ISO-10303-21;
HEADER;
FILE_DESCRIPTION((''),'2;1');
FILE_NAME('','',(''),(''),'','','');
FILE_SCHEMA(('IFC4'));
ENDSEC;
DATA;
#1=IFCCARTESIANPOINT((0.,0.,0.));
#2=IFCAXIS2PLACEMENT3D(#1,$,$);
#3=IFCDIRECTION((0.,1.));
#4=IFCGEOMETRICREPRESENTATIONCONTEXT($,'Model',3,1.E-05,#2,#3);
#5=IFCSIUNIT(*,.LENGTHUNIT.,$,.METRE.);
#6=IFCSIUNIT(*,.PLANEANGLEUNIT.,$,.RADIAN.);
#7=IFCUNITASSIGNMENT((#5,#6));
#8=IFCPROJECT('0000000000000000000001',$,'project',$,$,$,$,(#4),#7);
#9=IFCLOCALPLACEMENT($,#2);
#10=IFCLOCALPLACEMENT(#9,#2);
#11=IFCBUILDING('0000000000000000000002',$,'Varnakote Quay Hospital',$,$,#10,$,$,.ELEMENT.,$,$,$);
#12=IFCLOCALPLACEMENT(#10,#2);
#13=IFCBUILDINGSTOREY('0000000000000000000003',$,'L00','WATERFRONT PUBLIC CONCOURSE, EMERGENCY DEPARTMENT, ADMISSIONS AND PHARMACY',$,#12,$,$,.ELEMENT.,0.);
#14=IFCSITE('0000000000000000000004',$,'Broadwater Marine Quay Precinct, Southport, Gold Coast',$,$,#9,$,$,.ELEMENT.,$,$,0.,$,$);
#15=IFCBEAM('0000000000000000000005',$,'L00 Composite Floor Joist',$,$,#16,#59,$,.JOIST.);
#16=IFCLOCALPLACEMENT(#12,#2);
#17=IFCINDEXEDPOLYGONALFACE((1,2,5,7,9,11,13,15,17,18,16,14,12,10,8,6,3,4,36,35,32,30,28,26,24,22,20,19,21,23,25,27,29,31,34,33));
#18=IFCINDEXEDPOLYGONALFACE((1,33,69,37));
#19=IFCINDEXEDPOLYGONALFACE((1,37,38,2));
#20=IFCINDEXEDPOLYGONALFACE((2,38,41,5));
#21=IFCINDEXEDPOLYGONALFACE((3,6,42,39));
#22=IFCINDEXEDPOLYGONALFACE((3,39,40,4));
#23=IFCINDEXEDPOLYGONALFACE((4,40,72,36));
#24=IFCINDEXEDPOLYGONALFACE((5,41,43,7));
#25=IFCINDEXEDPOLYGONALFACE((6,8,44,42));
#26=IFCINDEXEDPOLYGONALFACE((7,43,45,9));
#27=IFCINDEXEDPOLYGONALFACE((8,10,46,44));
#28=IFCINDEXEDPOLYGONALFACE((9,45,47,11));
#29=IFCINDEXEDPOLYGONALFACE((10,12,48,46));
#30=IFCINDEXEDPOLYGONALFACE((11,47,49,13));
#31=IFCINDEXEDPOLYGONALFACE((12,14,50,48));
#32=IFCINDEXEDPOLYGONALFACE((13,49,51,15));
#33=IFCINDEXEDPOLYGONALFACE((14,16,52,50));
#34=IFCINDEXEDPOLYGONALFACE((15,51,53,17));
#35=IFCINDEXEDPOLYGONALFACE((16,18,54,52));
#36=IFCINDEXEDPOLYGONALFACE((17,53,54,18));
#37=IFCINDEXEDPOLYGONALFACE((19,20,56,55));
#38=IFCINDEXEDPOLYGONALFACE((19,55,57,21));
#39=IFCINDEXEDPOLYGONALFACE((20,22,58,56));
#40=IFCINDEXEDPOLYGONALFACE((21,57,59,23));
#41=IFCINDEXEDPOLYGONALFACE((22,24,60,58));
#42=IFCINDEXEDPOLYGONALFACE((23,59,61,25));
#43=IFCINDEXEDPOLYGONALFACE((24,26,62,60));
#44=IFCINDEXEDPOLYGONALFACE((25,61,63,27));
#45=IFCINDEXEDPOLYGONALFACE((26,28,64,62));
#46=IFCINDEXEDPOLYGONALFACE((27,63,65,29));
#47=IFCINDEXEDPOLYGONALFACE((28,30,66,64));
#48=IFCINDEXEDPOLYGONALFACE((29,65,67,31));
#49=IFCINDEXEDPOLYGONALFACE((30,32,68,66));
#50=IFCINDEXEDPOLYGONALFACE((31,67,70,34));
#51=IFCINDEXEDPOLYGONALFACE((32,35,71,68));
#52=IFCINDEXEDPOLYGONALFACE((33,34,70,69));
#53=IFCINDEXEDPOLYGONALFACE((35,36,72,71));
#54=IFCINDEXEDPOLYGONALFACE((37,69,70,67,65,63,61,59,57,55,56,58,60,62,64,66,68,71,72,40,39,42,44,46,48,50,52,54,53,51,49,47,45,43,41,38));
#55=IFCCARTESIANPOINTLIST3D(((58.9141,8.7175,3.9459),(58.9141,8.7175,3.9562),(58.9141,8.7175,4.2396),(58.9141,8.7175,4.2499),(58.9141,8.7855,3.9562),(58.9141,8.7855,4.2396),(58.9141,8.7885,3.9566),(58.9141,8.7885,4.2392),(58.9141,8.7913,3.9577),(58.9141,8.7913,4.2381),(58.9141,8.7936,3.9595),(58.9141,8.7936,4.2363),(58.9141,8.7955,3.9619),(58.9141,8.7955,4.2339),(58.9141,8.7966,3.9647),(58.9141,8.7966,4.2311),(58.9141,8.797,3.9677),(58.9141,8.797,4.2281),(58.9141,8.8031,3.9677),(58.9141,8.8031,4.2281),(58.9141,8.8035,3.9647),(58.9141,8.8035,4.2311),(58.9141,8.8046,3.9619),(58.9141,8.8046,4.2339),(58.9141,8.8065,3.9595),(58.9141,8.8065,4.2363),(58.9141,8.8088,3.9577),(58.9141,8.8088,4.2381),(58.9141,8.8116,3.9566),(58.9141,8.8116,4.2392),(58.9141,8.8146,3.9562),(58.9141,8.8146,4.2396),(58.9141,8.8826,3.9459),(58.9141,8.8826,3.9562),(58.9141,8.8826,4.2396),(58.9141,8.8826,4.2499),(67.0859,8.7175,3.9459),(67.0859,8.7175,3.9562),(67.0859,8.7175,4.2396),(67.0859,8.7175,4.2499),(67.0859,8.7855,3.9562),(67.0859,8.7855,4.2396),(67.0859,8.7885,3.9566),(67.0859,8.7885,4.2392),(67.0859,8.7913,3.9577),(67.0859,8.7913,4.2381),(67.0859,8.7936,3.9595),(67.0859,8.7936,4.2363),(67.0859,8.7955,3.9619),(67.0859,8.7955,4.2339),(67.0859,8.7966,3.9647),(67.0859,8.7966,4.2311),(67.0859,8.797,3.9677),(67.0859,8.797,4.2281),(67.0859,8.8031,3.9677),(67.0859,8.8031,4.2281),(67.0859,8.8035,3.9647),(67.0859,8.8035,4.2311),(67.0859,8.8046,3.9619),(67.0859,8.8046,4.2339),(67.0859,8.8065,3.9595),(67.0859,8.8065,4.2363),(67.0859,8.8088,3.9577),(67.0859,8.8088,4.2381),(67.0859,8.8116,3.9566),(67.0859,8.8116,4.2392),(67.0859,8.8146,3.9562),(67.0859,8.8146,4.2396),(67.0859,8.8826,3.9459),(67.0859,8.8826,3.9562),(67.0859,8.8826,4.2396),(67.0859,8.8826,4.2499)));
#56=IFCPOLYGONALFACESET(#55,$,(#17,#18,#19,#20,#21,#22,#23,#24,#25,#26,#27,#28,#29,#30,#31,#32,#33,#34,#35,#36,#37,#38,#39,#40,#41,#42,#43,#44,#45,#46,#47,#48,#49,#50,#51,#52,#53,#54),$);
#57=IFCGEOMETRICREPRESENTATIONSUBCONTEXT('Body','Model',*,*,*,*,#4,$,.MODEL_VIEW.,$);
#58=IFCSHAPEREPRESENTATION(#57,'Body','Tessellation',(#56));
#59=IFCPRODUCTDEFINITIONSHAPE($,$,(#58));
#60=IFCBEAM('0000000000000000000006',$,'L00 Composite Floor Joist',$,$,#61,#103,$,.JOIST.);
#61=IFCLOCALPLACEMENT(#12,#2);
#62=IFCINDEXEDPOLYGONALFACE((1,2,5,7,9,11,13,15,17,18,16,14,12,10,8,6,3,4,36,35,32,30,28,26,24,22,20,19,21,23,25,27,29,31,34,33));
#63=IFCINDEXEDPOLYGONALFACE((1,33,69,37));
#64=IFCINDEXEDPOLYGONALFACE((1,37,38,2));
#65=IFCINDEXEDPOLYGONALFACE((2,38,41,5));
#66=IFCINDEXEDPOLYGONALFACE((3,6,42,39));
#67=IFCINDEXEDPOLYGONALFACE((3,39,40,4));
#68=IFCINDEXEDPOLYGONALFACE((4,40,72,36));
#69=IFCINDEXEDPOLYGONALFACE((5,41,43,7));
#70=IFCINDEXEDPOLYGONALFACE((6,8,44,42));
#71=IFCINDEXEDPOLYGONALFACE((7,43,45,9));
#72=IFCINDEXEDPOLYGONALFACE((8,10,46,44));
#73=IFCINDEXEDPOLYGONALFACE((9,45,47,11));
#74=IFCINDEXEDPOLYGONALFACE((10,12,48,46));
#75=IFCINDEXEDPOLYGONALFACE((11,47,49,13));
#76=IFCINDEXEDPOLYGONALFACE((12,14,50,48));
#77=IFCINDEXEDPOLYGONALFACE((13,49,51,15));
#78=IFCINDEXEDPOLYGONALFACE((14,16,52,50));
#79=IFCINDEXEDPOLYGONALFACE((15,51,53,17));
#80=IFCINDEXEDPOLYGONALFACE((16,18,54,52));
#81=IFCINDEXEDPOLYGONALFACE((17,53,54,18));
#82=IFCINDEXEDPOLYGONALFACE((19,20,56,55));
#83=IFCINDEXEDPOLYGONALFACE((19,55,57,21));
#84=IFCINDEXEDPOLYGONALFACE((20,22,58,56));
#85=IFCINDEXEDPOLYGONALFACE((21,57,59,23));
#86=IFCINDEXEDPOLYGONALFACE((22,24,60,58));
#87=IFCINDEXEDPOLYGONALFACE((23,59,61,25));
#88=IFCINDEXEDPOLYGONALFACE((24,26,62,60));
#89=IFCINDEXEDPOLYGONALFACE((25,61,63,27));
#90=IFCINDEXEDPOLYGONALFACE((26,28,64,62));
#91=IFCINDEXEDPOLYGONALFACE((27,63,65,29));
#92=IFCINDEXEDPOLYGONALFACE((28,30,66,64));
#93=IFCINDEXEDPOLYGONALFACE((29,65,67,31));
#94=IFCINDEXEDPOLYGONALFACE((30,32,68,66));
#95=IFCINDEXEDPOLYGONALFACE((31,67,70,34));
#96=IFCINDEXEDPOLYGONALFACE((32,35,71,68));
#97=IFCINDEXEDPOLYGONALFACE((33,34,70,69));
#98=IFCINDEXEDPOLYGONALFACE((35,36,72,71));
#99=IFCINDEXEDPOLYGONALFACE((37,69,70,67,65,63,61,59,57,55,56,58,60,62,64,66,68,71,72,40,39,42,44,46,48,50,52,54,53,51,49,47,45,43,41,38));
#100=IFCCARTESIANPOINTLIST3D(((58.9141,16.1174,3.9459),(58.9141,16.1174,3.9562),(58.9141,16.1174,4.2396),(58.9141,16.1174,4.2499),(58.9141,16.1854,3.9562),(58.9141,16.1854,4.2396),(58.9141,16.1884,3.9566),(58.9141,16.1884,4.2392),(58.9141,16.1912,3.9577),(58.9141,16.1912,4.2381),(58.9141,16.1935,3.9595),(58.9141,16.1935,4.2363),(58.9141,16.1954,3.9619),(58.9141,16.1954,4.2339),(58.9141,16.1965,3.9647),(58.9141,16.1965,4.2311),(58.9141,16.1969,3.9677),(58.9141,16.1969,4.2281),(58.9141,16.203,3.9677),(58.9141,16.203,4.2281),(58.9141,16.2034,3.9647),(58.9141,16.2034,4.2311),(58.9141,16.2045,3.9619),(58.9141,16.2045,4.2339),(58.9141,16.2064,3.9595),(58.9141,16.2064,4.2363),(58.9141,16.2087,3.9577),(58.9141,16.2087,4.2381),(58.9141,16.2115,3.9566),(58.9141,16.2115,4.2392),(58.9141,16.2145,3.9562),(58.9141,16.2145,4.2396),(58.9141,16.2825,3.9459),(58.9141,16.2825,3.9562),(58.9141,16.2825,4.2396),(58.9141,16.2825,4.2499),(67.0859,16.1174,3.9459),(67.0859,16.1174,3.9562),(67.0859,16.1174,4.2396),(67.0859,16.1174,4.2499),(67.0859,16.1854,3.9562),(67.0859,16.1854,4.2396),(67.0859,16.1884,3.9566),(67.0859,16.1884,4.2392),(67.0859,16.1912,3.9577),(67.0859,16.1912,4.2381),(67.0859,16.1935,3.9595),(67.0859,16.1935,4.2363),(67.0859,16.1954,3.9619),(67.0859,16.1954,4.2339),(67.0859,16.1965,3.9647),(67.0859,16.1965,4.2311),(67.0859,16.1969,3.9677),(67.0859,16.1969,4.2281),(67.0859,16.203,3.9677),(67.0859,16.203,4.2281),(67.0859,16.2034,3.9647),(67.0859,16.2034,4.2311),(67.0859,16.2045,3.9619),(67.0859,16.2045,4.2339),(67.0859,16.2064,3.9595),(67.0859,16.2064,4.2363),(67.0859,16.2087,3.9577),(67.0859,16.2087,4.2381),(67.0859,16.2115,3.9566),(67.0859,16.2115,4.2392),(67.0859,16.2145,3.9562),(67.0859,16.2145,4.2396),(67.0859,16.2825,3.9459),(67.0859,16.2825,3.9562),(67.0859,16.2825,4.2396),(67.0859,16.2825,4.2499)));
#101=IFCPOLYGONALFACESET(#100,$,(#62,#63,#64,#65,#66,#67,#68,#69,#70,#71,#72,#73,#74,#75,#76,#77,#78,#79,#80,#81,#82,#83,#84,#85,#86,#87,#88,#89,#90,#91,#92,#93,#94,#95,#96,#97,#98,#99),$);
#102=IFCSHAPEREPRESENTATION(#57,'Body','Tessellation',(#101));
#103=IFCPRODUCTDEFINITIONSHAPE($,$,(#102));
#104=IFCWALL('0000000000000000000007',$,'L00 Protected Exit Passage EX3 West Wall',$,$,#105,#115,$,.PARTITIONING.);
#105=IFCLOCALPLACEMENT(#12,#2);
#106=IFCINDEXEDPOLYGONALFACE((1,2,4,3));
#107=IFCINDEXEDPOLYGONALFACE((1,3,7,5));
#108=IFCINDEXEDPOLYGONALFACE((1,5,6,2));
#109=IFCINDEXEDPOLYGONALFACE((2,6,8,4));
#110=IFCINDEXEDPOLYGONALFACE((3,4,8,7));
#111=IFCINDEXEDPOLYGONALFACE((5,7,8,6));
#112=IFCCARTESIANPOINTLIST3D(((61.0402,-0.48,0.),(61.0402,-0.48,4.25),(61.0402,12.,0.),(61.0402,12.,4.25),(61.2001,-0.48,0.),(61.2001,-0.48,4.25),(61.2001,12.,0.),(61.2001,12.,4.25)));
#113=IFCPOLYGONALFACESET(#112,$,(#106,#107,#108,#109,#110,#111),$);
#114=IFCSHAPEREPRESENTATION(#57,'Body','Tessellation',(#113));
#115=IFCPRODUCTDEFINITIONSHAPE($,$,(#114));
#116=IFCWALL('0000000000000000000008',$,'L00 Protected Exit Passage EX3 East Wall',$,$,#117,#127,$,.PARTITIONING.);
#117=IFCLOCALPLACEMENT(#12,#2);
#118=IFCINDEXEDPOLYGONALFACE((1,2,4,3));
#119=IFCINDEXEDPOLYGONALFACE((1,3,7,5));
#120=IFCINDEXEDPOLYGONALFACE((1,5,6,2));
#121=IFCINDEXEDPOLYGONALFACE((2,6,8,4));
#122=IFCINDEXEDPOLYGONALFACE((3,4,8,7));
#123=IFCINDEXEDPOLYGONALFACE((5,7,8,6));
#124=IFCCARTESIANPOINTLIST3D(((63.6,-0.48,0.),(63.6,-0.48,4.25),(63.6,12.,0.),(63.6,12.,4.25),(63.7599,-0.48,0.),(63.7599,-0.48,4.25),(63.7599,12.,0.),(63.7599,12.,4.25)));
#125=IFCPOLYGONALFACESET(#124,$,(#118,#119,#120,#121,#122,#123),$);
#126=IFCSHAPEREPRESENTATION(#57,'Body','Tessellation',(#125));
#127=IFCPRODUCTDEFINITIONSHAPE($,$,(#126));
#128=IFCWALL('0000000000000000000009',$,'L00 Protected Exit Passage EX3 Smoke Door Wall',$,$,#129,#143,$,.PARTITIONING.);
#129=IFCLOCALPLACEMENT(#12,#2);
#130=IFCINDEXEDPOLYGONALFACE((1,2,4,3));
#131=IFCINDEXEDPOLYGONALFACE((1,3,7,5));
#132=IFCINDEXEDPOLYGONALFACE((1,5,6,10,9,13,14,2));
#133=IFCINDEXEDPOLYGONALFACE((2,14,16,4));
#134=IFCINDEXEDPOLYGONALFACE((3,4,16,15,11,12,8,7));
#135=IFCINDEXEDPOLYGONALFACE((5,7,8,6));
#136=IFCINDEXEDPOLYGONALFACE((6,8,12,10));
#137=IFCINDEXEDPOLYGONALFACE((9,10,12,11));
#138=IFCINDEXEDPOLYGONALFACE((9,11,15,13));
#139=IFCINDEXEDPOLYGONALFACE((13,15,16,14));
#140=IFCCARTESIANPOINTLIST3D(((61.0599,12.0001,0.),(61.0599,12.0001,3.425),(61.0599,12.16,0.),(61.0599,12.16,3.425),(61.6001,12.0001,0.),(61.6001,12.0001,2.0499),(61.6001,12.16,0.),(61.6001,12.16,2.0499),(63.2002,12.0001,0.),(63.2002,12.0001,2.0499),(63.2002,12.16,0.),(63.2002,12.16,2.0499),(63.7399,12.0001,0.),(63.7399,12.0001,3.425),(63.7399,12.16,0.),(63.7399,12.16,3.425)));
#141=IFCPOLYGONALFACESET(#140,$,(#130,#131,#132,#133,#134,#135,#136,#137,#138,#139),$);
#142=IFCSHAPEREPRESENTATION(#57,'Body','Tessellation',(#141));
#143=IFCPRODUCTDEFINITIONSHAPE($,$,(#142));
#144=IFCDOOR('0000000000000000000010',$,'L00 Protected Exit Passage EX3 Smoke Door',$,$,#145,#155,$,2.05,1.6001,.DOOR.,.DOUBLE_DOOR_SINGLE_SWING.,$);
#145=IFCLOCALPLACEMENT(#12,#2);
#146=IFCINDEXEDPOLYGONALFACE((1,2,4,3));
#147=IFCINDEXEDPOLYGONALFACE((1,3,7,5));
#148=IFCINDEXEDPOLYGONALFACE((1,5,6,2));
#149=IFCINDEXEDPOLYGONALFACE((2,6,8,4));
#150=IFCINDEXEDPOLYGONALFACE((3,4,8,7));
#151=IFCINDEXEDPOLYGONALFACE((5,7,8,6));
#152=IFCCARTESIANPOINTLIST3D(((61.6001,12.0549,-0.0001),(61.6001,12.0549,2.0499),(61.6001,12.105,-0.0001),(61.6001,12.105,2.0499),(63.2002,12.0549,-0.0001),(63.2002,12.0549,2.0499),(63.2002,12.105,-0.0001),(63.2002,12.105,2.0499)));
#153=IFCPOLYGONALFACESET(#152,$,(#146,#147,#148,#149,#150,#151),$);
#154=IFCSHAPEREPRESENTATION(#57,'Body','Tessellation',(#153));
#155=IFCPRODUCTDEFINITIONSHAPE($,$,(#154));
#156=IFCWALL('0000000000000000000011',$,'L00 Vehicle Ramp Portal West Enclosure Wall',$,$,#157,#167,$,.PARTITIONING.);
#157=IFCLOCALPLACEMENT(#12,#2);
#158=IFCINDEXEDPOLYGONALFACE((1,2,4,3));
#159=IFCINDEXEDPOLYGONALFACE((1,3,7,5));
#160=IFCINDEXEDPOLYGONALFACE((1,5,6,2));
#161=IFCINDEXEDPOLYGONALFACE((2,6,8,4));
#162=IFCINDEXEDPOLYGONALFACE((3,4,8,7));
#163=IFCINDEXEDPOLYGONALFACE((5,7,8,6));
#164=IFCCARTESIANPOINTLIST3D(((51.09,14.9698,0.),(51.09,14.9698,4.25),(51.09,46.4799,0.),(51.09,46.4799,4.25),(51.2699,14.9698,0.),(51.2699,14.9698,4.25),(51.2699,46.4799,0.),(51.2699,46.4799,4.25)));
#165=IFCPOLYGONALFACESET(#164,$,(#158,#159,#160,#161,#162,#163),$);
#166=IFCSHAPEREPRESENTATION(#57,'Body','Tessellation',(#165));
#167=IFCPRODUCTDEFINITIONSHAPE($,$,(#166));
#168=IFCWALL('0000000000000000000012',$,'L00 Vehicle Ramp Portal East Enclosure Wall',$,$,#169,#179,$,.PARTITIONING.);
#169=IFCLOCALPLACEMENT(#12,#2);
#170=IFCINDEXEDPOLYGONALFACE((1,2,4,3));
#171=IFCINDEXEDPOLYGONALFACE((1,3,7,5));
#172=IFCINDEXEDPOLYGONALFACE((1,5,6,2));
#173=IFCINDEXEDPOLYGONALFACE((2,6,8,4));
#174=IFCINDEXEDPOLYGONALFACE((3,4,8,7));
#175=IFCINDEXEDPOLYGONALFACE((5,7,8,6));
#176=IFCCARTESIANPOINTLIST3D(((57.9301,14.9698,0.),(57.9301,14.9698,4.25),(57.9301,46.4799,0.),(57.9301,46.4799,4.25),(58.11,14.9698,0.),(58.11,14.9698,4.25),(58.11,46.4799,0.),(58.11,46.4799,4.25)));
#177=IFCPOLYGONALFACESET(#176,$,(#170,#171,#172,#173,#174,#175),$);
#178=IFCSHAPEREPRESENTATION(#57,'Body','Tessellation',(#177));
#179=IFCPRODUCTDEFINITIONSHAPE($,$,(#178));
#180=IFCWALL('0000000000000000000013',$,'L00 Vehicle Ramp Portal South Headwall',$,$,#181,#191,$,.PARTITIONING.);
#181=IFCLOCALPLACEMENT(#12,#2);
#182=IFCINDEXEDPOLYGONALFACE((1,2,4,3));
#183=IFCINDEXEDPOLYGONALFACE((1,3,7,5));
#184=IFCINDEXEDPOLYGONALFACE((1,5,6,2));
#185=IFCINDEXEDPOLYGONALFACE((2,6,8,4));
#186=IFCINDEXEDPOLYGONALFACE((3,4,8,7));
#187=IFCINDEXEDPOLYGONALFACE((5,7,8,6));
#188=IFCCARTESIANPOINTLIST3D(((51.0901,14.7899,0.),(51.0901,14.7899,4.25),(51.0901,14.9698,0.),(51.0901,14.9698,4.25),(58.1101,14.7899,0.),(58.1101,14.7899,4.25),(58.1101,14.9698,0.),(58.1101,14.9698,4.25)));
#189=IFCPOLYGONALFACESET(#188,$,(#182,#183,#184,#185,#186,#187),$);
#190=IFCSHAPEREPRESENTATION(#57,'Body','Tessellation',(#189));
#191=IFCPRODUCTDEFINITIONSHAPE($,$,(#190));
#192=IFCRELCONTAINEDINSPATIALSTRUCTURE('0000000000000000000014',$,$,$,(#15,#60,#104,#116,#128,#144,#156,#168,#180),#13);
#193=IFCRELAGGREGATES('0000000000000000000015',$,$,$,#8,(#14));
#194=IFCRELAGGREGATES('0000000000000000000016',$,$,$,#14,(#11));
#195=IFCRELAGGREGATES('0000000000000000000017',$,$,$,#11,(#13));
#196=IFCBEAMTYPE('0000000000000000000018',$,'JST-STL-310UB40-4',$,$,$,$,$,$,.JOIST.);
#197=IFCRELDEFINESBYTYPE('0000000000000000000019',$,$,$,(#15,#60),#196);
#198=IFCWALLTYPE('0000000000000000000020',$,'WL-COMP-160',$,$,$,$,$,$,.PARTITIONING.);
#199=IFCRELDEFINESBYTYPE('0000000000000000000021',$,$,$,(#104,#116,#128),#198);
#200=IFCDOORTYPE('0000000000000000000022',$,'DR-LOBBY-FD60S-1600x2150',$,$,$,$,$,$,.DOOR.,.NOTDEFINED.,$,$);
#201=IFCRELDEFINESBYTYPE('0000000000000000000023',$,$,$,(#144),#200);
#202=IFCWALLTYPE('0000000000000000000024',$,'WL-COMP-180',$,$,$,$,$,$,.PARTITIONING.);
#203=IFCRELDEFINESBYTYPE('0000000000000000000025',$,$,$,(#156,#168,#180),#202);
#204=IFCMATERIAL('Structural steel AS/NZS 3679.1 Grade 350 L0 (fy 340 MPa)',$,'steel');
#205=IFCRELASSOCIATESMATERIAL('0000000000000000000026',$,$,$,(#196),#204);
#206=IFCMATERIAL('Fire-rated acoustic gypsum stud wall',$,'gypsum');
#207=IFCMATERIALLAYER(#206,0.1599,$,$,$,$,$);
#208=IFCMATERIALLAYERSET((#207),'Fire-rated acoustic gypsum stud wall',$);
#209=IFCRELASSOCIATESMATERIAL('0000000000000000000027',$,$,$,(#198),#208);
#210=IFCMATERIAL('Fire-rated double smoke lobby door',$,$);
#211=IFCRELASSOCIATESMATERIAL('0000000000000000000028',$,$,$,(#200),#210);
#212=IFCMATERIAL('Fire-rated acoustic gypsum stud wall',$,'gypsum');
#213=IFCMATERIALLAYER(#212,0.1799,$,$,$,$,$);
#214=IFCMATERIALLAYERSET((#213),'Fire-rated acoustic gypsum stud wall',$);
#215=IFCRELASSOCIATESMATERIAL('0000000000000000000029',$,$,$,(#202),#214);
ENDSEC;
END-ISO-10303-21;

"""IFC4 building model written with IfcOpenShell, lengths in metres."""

from ifc_helpers import new_model, si_unit, direction, frame, frame_2d, origin, origin_2d, place, context, subcontext, project, spatial, rectangle, i_section, extrude, material, layer, layer_set, material_profile, profile_set, type_object, element, fill, save


model = new_model("IFC4")

# Units and contexts
model_context = context("Model", 3, precision=1e-05, world=origin(), true_north=direction((0.0, 1.0)))
body_context = subcontext(model_context, "Body", "Model", "MODEL_VIEW")
ifc_project = project(units=[si_unit("LENGTHUNIT", "METRE"), si_unit("PLANEANGLEUNIT", "RADIAN")], contexts=[model_context])

# Site, building, storey
site_placement = place(None, origin())
site = spatial("IfcSite", under=ifc_project, at=site_placement, Name="Broadwater Marine Quay Precinct, Southport, Gold Coast", CompositionType="ELEMENT", RefElevation=0.0)
building_placement = place(site_placement, origin())
building = spatial("IfcBuilding", under=site, at=building_placement, Name="Varnakote Quay Hospital", CompositionType="ELEMENT")
storey_placement = place(building_placement, origin())
storey = spatial("IfcBuildingStorey", under=building, at=storey_placement, Name="L00", Description="WATERFRONT PUBLIC CONCOURSE, EMERGENCY DEPARTMENT, ADMISSIONS AND PHARMACY", CompositionType="ELEMENT", Elevation=0.0)

# Beams
ifc_material_1 = material(Name="Structural steel AS/NZS 3679.1 Grade 350 L0 (fy 340 MPa)", Category="steel")
ifc_material_profile_1 = material_profile(ifc_material_1, i_section(OverallWidth=0.165, OverallDepth=0.304, WebThickness=0.0061, FlangeThickness=0.0103, FilletRadius=0.0115, at=origin_2d()), Name="310UB40.4")
ifc_profile_set_1 = profile_set([ifc_material_profile_1], Name="Structural steel AS/NZS 3679.1 Grade 350 L0 (fy 340 MPa)")
beam_type_1 = type_object("IfcBeamType", Name="JST-STL-310UB40-4", PredefinedType="JOIST", material=ifc_profile_set_1)
for number, where, z_axis, x_axis, name in (
    (1, (58.9141, 8.8, 4.0979), (1.0, 0.0, 0.0), (0.0, 1.0, 0.0), "L00 Composite Floor Joist"),
    (2, (58.9141, 16.2, 4.0979), (1.0, 0.0, 0.0), (0.0, 1.0, 0.0), "L00 Composite Floor Joist"),
):
    element("IfcBeam", number, at=place(storey_placement, frame(where, z_axis=z_axis, x_axis=x_axis)), inside=storey, type_object=beam_type_1, Name=name, PredefinedType="JOIST", context=body_context, shape_type="SweptSolid", body=[
        extrude(i_section(OverallWidth=0.165, OverallDepth=0.304, WebThickness=0.0061, FlangeThickness=0.0103, FilletRadius=0.0115, at=origin_2d()), origin(), (0.0, 0.0, 1.0), 8.1719),
    ])

# Walls
ifc_material_2 = material(Name="Fire-rated acoustic gypsum stud wall", Category="gypsum")
ifc_layer_1 = layer(ifc_material_2, 0.1599)
ifc_layer_set_1 = layer_set([ifc_layer_1], Name="Fire-rated acoustic gypsum stud wall")
wall_type_1 = type_object("IfcWallType", Name="WL-COMP-160", PredefinedType="PARTITIONING", material=ifc_layer_set_1)
for number, where, z_axis, x_axis, name in (
    (3, (61.1201, -0.48, 0.0), (0.0, 0.0, 1.0), (0.0, 1.0, 0.0), "L00 Protected Exit Passage EX3 West Wall"),
    (4, (63.6799, -0.48, 0.0), (0.0, 0.0, 1.0), (0.0, 1.0, 0.0), "L00 Protected Exit Passage EX3 East Wall"),
):
    element("IfcWall", number, at=place(storey_placement, frame(where, z_axis=z_axis, x_axis=x_axis)), inside=storey, type_object=wall_type_1, Name=name, PredefinedType="PARTITIONING", context=body_context, shape_type="SweptSolid", body=[
        extrude(rectangle(XDim=12.48, YDim=0.1599, at=frame_2d((6.24, 0.0))), origin(), (0.0, 0.0, 1.0), 4.25),
    ])

# Wall, opening, door
wall_1_placement = place(storey_placement, frame((61.0601, 12.0801, 0.0), z_axis=(0.0, 0.0, 1.0), x_axis=(1.0, 0.0, 0.0)))
wall_1 = element("IfcWall", 5, at=wall_1_placement, inside=storey, type_object=wall_type_1, Name="L00 Protected Exit Passage EX3 Smoke Door Wall", PredefinedType="PARTITIONING", context=body_context, shape_type="SweptSolid", body=[
    extrude(rectangle(XDim=2.6799, YDim=0.1599, at=frame_2d((1.3398, 0.0))), origin(), (0.0, 0.0, 1.0), 3.425),
])
opening_1_placement = place(wall_1_placement, frame((0.54, 0.0, 0.0)))
opening_1 = element("IfcOpeningElement", 6, at=opening_1_placement, cuts=wall_1, PredefinedType="OPENING", context=body_context, shape_type="SweptSolid", body=[
    extrude(rectangle(XDim=1.6001, YDim=2.05, at=frame_2d((0.8, 1.0249))), frame((0.0, 0.0898, 0.0), z_axis=(0.0, -1.0, 0.0), x_axis=(1.0, 0.0, 0.0)), (0.0, 0.0, 1.0), 0.1799),
])
ifc_material_3 = material(Name="Fire-rated double smoke lobby door")
door_type_1 = type_object("IfcDoorType", Name="DR-LOBBY-FD60S-1600x2150", OperationType="NOTDEFINED", PredefinedType="DOOR", material=ifc_material_3)
door_1_placement = place(opening_1_placement, origin())
door_1 = element("IfcDoor", 7, at=door_1_placement, inside=storey, type_object=door_type_1, Name="L00 Protected Exit Passage EX3 Smoke Door", OperationType="DOUBLE_DOOR_SINGLE_SWING", OverallHeight=2.05, OverallWidth=1.6001, PredefinedType="DOOR", context=body_context, shape_type="SweptSolid", body=[
    extrude(rectangle(XDim=1.6001, YDim=2.05, at=frame_2d((0.8, 1.0249))), frame((0.0, 0.0249, 0.0), z_axis=(0.0, -1.0, 0.0), x_axis=(1.0, 0.0, 0.0)), (0.0, 0.0, 1.0), 0.05),
])
fill(opening_1, door_1)

# Walls
ifc_material_4 = material(Name="Fire-rated acoustic gypsum stud wall", Category="gypsum")
ifc_layer_2 = layer(ifc_material_4, 0.1799)
ifc_layer_set_2 = layer_set([ifc_layer_2], Name="Fire-rated acoustic gypsum stud wall")
wall_type_2 = type_object("IfcWallType", Name="WL-COMP-180", PredefinedType="PARTITIONING", material=ifc_layer_set_2)
for number, where, z_axis, x_axis, name in (
    (8, (51.1799, 14.97, 0.0), (0.0, 0.0, 1.0), (0.0, 1.0, 0.0), "L00 Vehicle Ramp Portal West Enclosure Wall"),
    (9, (58.02, 14.97, 0.0), (0.0, 0.0, 1.0), (0.0, 1.0, 0.0), "L00 Vehicle Ramp Portal East Enclosure Wall"),
):
    element("IfcWall", number, at=place(storey_placement, frame(where, z_axis=z_axis, x_axis=x_axis)), inside=storey, type_object=wall_type_2, Name=name, PredefinedType="PARTITIONING", context=body_context, shape_type="SweptSolid", body=[
        extrude(rectangle(XDim=31.51, YDim=0.1799, at=frame_2d((15.7549, 0.0))), origin(), (0.0, 0.0, 1.0), 4.25),
    ])
wall_2_placement = place(storey_placement, frame((51.0901, 14.8799, 0.0), z_axis=(0.0, 0.0, 1.0), x_axis=(1.0, 0.0, 0.0)))
element("IfcWall", 10, at=wall_2_placement, inside=storey, type_object=wall_type_2, Name="L00 Vehicle Ramp Portal South Headwall", PredefinedType="PARTITIONING", context=body_context, shape_type="SweptSolid", body=[
    extrude(rectangle(XDim=7.02, YDim=0.1799, at=frame_2d((3.51, 0.0))), origin(), (0.0, 0.0, 1.0), 4.25),
])

save(model, "model.ifc")
